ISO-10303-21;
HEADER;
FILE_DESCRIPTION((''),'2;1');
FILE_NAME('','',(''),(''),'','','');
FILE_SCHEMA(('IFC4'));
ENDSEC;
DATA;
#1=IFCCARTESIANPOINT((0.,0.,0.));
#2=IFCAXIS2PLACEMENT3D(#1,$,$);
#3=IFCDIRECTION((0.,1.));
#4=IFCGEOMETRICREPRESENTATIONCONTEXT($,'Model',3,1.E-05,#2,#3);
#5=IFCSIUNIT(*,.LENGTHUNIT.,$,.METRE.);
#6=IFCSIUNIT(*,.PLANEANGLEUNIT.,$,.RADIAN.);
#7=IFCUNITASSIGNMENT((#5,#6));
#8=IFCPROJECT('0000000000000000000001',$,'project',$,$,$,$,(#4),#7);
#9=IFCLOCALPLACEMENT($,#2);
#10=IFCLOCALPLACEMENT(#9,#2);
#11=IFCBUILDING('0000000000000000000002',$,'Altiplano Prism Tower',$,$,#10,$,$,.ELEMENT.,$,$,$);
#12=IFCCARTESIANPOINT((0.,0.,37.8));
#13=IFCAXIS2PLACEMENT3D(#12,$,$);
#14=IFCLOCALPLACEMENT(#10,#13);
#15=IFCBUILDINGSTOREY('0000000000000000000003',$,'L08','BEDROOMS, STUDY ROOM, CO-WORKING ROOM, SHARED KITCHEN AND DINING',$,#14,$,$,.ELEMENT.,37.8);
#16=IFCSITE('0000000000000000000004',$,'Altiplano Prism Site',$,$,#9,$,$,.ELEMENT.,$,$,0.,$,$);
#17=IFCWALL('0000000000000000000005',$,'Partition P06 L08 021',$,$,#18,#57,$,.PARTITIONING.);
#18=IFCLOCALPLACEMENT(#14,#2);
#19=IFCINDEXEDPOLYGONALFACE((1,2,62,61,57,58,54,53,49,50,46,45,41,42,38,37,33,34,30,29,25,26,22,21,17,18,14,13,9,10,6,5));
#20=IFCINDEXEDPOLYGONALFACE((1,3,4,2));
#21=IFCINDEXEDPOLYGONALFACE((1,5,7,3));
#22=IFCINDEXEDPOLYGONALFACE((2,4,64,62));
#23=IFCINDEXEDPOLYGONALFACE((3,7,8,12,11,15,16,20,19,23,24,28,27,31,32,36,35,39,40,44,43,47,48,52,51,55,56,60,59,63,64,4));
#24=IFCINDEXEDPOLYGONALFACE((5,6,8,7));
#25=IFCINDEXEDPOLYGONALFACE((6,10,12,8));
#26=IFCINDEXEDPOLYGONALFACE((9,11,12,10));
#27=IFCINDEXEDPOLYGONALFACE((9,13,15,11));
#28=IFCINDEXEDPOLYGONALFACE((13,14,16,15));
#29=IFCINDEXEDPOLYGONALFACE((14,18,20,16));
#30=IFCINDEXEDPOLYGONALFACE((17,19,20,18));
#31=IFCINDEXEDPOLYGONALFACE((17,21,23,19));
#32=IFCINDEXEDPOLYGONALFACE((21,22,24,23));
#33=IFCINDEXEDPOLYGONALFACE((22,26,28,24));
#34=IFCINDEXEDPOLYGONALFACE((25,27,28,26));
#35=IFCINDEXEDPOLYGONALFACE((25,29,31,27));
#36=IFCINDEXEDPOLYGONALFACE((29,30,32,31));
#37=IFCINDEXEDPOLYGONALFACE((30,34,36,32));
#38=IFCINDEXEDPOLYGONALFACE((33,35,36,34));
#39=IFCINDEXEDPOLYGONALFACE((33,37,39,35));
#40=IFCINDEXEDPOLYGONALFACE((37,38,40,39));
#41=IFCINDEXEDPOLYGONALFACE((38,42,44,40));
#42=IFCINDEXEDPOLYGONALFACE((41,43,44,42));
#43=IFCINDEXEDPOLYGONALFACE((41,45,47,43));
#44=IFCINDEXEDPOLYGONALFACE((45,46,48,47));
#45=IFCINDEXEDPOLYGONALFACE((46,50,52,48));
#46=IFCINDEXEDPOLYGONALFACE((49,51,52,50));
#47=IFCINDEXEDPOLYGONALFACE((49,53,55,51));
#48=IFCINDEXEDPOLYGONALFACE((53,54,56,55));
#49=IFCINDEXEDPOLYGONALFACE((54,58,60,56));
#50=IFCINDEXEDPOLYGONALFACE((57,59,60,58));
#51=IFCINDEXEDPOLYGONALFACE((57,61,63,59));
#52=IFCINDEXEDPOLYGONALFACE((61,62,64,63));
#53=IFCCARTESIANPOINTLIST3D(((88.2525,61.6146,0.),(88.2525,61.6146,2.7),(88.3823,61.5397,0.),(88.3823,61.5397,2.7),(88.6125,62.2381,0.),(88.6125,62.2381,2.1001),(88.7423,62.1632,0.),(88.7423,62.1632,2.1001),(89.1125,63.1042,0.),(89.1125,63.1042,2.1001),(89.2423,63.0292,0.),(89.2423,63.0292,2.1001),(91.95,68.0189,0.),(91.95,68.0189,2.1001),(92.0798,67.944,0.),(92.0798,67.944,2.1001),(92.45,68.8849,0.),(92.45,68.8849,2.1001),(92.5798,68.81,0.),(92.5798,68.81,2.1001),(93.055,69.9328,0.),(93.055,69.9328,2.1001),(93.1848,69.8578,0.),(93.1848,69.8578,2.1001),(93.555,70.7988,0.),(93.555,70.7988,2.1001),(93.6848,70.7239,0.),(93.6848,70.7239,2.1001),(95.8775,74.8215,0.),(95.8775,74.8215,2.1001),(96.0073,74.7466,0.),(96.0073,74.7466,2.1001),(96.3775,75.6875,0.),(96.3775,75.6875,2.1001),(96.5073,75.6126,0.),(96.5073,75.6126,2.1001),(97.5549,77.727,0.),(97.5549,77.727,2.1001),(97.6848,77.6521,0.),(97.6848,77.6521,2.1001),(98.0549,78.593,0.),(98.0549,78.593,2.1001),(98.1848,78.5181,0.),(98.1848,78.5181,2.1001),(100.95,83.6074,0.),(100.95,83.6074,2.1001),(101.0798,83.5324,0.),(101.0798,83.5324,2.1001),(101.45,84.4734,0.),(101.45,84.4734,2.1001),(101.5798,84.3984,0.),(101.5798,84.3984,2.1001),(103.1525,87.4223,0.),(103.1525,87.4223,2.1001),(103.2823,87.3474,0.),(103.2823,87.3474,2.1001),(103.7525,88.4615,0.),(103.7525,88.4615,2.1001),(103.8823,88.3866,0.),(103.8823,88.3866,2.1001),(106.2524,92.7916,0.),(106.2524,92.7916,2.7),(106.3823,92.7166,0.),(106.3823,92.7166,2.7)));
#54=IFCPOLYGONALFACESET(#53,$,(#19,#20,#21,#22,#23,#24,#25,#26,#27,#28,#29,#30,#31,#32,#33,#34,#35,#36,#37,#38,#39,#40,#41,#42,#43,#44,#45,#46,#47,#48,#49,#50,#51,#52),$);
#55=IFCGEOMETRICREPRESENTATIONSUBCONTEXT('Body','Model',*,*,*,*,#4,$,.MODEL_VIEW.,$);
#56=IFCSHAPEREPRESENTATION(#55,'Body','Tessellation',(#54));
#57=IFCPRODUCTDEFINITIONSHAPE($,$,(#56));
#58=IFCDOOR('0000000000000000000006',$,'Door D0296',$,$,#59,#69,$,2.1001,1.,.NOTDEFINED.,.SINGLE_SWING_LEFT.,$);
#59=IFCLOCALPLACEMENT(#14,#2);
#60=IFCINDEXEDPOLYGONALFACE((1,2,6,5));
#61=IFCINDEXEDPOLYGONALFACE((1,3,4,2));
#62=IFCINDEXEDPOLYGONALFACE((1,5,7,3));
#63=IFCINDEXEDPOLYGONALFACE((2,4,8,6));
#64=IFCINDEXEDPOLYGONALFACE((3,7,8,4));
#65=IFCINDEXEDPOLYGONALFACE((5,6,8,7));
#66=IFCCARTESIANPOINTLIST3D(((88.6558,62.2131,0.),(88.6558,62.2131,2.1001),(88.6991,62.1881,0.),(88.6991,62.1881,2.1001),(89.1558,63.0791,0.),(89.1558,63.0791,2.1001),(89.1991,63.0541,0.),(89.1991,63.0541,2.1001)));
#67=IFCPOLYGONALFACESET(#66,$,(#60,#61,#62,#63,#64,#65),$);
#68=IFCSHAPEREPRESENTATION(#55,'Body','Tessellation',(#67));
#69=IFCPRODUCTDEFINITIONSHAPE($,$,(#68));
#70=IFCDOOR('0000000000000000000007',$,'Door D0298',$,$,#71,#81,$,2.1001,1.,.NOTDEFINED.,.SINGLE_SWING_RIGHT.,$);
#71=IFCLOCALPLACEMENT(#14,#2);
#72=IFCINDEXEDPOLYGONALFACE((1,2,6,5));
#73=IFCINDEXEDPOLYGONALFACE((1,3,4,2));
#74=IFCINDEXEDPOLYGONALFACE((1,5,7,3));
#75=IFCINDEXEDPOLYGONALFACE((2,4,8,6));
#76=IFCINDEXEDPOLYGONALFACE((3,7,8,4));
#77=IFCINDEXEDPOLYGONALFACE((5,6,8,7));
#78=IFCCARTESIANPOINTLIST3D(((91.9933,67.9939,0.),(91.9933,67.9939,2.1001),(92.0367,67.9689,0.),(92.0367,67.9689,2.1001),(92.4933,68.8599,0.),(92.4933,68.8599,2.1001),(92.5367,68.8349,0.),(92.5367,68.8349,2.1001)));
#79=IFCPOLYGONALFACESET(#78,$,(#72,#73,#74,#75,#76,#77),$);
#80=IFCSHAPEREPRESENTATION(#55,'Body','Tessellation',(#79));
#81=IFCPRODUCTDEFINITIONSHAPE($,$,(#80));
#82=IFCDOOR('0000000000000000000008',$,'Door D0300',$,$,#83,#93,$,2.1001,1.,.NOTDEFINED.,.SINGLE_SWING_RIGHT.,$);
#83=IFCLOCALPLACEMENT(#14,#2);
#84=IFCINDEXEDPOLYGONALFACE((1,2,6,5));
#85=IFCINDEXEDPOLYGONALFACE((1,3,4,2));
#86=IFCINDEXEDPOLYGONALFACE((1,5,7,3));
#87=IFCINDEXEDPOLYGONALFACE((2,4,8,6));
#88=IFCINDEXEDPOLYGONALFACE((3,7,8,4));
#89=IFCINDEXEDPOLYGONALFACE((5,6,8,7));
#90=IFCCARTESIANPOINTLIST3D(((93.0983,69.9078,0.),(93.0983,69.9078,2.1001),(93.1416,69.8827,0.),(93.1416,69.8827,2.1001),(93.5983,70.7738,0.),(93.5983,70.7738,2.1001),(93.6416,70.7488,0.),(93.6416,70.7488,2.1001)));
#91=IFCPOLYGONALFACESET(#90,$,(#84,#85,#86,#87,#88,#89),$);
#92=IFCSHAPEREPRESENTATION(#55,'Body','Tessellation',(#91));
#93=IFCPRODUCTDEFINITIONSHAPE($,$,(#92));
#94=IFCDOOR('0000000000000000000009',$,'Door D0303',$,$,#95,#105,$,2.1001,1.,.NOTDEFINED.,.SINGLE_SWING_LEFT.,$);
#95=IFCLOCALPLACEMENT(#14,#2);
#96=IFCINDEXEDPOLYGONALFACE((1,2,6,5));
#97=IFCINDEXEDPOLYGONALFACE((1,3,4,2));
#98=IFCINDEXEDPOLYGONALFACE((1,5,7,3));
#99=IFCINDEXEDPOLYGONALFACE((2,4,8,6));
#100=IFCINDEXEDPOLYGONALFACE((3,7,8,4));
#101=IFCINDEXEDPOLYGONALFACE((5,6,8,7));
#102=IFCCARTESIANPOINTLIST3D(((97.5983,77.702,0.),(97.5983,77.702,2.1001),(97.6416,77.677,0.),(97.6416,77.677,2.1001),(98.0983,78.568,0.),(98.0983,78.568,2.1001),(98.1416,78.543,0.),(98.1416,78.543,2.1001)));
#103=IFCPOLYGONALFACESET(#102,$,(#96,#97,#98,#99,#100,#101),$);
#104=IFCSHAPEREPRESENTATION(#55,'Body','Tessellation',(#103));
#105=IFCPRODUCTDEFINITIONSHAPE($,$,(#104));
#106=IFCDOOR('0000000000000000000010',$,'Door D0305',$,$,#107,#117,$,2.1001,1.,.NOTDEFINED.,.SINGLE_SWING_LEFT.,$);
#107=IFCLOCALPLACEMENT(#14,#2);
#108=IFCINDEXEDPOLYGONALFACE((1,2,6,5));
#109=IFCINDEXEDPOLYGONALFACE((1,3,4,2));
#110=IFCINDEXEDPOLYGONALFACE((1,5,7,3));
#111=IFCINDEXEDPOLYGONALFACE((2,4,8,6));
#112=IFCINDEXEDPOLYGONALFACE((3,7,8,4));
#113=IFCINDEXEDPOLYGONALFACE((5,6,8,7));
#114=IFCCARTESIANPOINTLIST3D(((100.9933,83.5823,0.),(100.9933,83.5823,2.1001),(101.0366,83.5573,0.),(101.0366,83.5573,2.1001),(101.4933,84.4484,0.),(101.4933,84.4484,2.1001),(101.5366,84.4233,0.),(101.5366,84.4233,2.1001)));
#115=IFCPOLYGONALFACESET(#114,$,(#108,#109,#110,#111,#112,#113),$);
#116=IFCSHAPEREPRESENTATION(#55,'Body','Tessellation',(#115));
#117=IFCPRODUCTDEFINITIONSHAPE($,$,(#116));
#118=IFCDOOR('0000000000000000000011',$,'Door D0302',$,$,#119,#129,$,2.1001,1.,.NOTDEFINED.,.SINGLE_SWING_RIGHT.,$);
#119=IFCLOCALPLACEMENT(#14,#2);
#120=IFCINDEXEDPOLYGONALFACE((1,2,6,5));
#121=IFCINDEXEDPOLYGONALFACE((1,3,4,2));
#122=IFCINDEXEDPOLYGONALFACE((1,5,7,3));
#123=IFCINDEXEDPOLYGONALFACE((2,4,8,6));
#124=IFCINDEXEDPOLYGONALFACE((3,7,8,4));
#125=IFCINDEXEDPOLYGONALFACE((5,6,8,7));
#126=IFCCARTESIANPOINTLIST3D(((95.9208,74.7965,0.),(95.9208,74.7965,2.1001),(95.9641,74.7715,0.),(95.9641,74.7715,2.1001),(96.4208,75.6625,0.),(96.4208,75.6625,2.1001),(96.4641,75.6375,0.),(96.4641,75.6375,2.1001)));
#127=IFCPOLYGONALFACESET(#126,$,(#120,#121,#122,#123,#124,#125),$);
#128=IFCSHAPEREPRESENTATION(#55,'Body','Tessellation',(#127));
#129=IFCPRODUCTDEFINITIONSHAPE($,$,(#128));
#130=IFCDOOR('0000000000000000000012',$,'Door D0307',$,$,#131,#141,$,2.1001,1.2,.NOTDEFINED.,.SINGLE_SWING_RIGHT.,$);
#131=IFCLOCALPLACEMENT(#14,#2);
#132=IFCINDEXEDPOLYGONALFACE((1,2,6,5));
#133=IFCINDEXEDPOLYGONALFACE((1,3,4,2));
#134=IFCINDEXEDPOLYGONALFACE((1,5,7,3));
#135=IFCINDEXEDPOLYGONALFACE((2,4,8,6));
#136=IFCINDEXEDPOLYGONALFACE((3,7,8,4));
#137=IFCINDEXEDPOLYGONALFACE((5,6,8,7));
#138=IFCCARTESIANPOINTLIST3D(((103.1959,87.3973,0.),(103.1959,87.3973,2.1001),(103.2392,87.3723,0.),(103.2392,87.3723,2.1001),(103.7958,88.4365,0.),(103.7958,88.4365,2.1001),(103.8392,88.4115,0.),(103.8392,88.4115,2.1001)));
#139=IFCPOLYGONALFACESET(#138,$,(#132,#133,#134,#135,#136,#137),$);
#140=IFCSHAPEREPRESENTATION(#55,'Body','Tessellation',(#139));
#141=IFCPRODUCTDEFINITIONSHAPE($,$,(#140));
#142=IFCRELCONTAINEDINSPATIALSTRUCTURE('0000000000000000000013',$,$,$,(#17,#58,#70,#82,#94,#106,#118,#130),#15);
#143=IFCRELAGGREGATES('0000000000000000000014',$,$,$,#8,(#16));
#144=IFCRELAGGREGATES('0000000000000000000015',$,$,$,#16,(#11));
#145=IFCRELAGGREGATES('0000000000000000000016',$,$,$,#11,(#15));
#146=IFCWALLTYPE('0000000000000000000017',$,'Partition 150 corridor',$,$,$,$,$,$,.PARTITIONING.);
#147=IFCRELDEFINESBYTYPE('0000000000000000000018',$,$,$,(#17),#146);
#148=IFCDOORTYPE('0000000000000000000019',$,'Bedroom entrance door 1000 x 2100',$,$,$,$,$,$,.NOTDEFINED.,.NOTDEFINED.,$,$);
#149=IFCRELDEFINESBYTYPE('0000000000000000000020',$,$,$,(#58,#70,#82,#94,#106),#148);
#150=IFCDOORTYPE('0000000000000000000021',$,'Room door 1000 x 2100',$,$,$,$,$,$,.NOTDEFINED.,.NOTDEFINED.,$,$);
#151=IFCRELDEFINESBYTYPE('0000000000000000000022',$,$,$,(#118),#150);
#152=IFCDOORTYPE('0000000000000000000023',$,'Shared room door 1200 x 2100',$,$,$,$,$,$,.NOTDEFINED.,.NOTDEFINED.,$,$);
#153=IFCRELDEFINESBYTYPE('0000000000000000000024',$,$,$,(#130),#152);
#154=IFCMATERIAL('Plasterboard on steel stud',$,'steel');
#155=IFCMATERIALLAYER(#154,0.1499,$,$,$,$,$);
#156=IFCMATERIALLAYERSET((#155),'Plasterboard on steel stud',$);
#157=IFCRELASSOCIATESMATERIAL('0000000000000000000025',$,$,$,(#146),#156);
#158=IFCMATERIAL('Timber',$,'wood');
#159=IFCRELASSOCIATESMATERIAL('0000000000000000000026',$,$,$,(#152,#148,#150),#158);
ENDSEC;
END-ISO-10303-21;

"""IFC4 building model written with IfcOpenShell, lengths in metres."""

from ifc_helpers import new_model, si_unit, direction, frame, frame_2d, origin, place, context, subcontext, project, spatial, rectangle, extrude, material, layer, layer_set, type_object, element, fill, save


model = new_model("IFC4")

# Units and contexts
model_context = context("Model", 3, precision=1e-05, world=origin(), true_north=direction((0.0, 1.0)))
body_context = subcontext(model_context, "Body", "Model", "MODEL_VIEW")
ifc_project = project(units=[si_unit("LENGTHUNIT", "METRE"), si_unit("PLANEANGLEUNIT", "RADIAN")], contexts=[model_context])

# Site, building, storey
site_placement = place(None, origin())
site = spatial("IfcSite", under=ifc_project, at=site_placement, Name="Altiplano Prism Site", CompositionType="ELEMENT", RefElevation=0.0)
building_placement = place(site_placement, origin())
building = spatial("IfcBuilding", under=site, at=building_placement, Name="Altiplano Prism Tower", CompositionType="ELEMENT")
storey_placement = place(building_placement, frame((0.0, 0.0, 37.8)))
storey = spatial("IfcBuildingStorey", under=building, at=storey_placement, Name="L08", Description="BEDROOMS, STUDY ROOM, CO-WORKING ROOM, SHARED KITCHEN AND DINING", CompositionType="ELEMENT", Elevation=37.8)

# Shared definitions
ifc_material_1 = material(Name="Plasterboard on steel stud", Category="steel")

# Shared definitions
ifc_material_2 = material(Name="Timber", Category="wood")

# Shared definitions
ifc_layer_1 = layer(ifc_material_1, 0.1499)
ifc_layer_set_1 = layer_set([ifc_layer_1], Name="Plasterboard on steel stud")
wall_type_1 = type_object("IfcWallType", Name="Partition 150 corridor", PredefinedType="PARTITIONING", material=ifc_layer_set_1)

# Shared definitions
door_type_1 = type_object("IfcDoorType", Name="Shared room door 1200 x 2100", OperationType="NOTDEFINED", PredefinedType="NOTDEFINED", material=ifc_material_2)

# Wall, openings, doors
wall_1_placement = place(storey_placement, frame((88.3174, 61.5771, 0.0), z_axis=(0.0, 0.0, 1.0), x_axis=(0.499999, 0.866026, 0.0)))
wall_1 = element("IfcWall", 1, at=wall_1_placement, inside=storey, type_object=wall_type_1, Name="Partition P06 L08 021", PredefinedType="PARTITIONING", context=body_context, shape_type="SweptSolid", body=[
    extrude(rectangle(XDim=36.0, YDim=0.1499, at=frame_2d((18.0, 0.0))), origin(), (0.0, 0.0, 1.0), 2.7),
])
opening_1_placement = place(wall_1_placement, frame((0.72, 0.0, 0.0)))
opening_1 = element("IfcOpeningElement", 2, at=opening_1_placement, cuts=wall_1, PredefinedType="OPENING", context=body_context, shape_type="SweptSolid", body=[
    extrude(rectangle(XDim=1.0, YDim=2.1001, at=frame_2d((0.5, 1.05))), frame((0.0, 0.0854, 0.0), z_axis=(0.0, -1.0, 0.0), x_axis=(1.0, 0.0, 0.0)), (0.0, 0.0, 1.0), 0.1709),
])
opening_2_placement = place(wall_1_placement, frame((7.395, 0.0, 0.0)))
opening_2 = element("IfcOpeningElement", 3, at=opening_2_placement, cuts=wall_1, PredefinedType="OPENING", context=body_context, shape_type="SweptSolid", body=[
    extrude(rectangle(XDim=1.0, YDim=2.1001, at=frame_2d((0.5, 1.05))), frame((0.0, 0.0854, 0.0), z_axis=(0.0, -1.0, 0.0), x_axis=(1.0, 0.0, 0.0)), (0.0, 0.0, 1.0), 0.1709),
])
opening_3_placement = place(wall_1_placement, frame((9.605, 0.0, 0.0)))
opening_3 = element("IfcOpeningElement", 4, at=opening_3_placement, cuts=wall_1, PredefinedType="OPENING", context=body_context, shape_type="SweptSolid", body=[
    extrude(rectangle(XDim=1.0, YDim=2.1001, at=frame_2d((0.5, 1.05))), frame((0.0, 0.0854, 0.0), z_axis=(0.0, -1.0, 0.0), x_axis=(1.0, 0.0, 0.0)), (0.0, 0.0, 1.0), 0.1709),
])
opening_4_placement = place(wall_1_placement, frame((15.25, 0.0, 0.0)))
opening_4 = element("IfcOpeningElement", 5, at=opening_4_placement, cuts=wall_1, PredefinedType="OPENING", context=body_context, shape_type="SweptSolid", body=[
    extrude(rectangle(XDim=1.0, YDim=2.1001, at=frame_2d((0.5, 1.05))), frame((0.0, 0.0854, 0.0), z_axis=(0.0, -1.0, 0.0), x_axis=(1.0, 0.0, 0.0)), (0.0, 0.0, 1.0), 0.1709),
])
opening_5_placement = place(wall_1_placement, frame((18.605, 0.0, 0.0)))
opening_5 = element("IfcOpeningElement", 6, at=opening_5_placement, cuts=wall_1, PredefinedType="OPENING", context=body_context, shape_type="SweptSolid", body=[
    extrude(rectangle(XDim=1.0, YDim=2.1001, at=frame_2d((0.5, 1.05))), frame((0.0, 0.0854, 0.0), z_axis=(0.0, -1.0, 0.0), x_axis=(1.0, 0.0, 0.0)), (0.0, 0.0, 1.0), 0.1709),
])
opening_6_placement = place(wall_1_placement, frame((25.395, 0.0, 0.0)))
opening_6 = element("IfcOpeningElement", 7, at=opening_6_placement, cuts=wall_1, PredefinedType="OPENING", context=body_context, shape_type="SweptSolid", body=[
    extrude(rectangle(XDim=1.0, YDim=2.1001, at=frame_2d((0.5, 1.05))), frame((0.0, 0.0854, 0.0), z_axis=(0.0, -1.0, 0.0), x_axis=(1.0, 0.0, 0.0)), (0.0, 0.0, 1.0), 0.1709),
])
opening_7_placement = place(wall_1_placement, frame((29.8, 0.0, 0.0)))
opening_7 = element("IfcOpeningElement", 8, at=opening_7_placement, cuts=wall_1, PredefinedType="OPENING", context=body_context, shape_type="SweptSolid", body=[
    extrude(rectangle(XDim=1.2, YDim=2.1001, at=frame_2d((0.6001, 1.05))), frame((0.0, 0.0854, 0.0), z_axis=(0.0, -1.0, 0.0), x_axis=(1.0, 0.0, 0.0)), (0.0, 0.0, 1.0), 0.1709),
])
door_type_2 = type_object("IfcDoorType", Name="Bedroom entrance door 1000 x 2100", OperationType="NOTDEFINED", PredefinedType="NOTDEFINED", material=ifc_material_2)
door_1_placement = place(opening_1_placement, origin())
door_1 = element("IfcDoor", 9, at=door_1_placement, inside=storey, type_object=door_type_2, Name="Door D0296", OperationType="SINGLE_SWING_LEFT", OverallHeight=2.1001, OverallWidth=1.0, PredefinedType="NOTDEFINED", context=body_context, shape_type="SweptSolid", body=[
    extrude(rectangle(XDim=1.0, YDim=2.1001, at=frame_2d((0.5, 1.05))), frame((0.0, 0.0249, 0.0), z_axis=(0.0, -1.0, 0.0), x_axis=(1.0, 0.0, 0.0)), (0.0, 0.0, 1.0), 0.05),
])
fill(opening_1, door_1)
door_2_placement = place(opening_2_placement, origin())
door_2 = element("IfcDoor", 10, at=door_2_placement, inside=storey, type_object=door_type_2, Name="Door D0298", OperationType="SINGLE_SWING_RIGHT", OverallHeight=2.1001, OverallWidth=1.0, PredefinedType="NOTDEFINED", context=body_context, shape_type="SweptSolid", body=[
    extrude(rectangle(XDim=1.0, YDim=2.1001, at=frame_2d((0.5, 1.05))), frame((0.0, 0.0249, 0.0), z_axis=(0.0, -1.0, 0.0), x_axis=(1.0, 0.0, 0.0)), (0.0, 0.0, 1.0), 0.05),
])
fill(opening_2, door_2)
door_3_placement = place(opening_3_placement, origin())
door_3 = element("IfcDoor", 11, at=door_3_placement, inside=storey, type_object=door_type_2, Name="Door D0300", OperationType="SINGLE_SWING_RIGHT", OverallHeight=2.1001, OverallWidth=1.0, PredefinedType="NOTDEFINED", context=body_context, shape_type="SweptSolid", body=[
    extrude(rectangle(XDim=1.0, YDim=2.1001, at=frame_2d((0.5, 1.05))), frame((0.0, 0.0249, 0.0), z_axis=(0.0, -1.0, 0.0), x_axis=(1.0, 0.0, 0.0)), (0.0, 0.0, 1.0), 0.05),
])
fill(opening_3, door_3)
door_4_placement = place(opening_5_placement, origin())
door_4 = element("IfcDoor", 12, at=door_4_placement, inside=storey, type_object=door_type_2, Name="Door D0303", OperationType="SINGLE_SWING_LEFT", OverallHeight=2.1001, OverallWidth=1.0, PredefinedType="NOTDEFINED", context=body_context, shape_type="SweptSolid", body=[
    extrude(rectangle(XDim=1.0, YDim=2.1001, at=frame_2d((0.5, 1.05))), frame((0.0, 0.0249, 0.0), z_axis=(0.0, -1.0, 0.0), x_axis=(1.0, 0.0, 0.0)), (0.0, 0.0, 1.0), 0.05),
])
fill(opening_5, door_4)
door_5_placement = place(opening_6_placement, origin())
door_5 = element("IfcDoor", 13, at=door_5_placement, inside=storey, type_object=door_type_2, Name="Door D0305", OperationType="SINGLE_SWING_LEFT", OverallHeight=2.1001, OverallWidth=1.0, PredefinedType="NOTDEFINED", context=body_context, shape_type="SweptSolid", body=[
    extrude(rectangle(XDim=1.0, YDim=2.1001, at=frame_2d((0.5, 1.05))), frame((0.0, 0.0249, 0.0), z_axis=(0.0, -1.0, 0.0), x_axis=(1.0, 0.0, 0.0)), (0.0, 0.0, 1.0), 0.05),
])
fill(opening_6, door_5)
door_type_3 = type_object("IfcDoorType", Name="Room door 1000 x 2100", OperationType="NOTDEFINED", PredefinedType="NOTDEFINED", material=ifc_material_2)
door_6_placement = place(opening_4_placement, origin())
door_6 = element("IfcDoor", 14, at=door_6_placement, inside=storey, type_object=door_type_3, Name="Door D0302", OperationType="SINGLE_SWING_RIGHT", OverallHeight=2.1001, OverallWidth=1.0, PredefinedType="NOTDEFINED", context=body_context, shape_type="SweptSolid", body=[
    extrude(rectangle(XDim=1.0, YDim=2.1001, at=frame_2d((0.5, 1.05))), frame((0.0, 0.0249, 0.0), z_axis=(0.0, -1.0, 0.0), x_axis=(1.0, 0.0, 0.0)), (0.0, 0.0, 1.0), 0.05),
])
fill(opening_4, door_6)
door_7_placement = place(opening_7_placement, origin())
door_7 = element("IfcDoor", 15, at=door_7_placement, inside=storey, type_object=door_type_1, Name="Door D0307", OperationType="SINGLE_SWING_RIGHT", OverallHeight=2.1001, OverallWidth=1.2, PredefinedType="NOTDEFINED", context=body_context, shape_type="SweptSolid", body=[
    extrude(rectangle(XDim=1.2, YDim=2.1001, at=frame_2d((0.6001, 1.05))), frame((0.0, 0.0249, 0.0), z_axis=(0.0, -1.0, 0.0), x_axis=(1.0, 0.0, 0.0)), (0.0, 0.0, 1.0), 0.05),
])
fill(opening_7, door_7)

save(model, "model.ifc")
